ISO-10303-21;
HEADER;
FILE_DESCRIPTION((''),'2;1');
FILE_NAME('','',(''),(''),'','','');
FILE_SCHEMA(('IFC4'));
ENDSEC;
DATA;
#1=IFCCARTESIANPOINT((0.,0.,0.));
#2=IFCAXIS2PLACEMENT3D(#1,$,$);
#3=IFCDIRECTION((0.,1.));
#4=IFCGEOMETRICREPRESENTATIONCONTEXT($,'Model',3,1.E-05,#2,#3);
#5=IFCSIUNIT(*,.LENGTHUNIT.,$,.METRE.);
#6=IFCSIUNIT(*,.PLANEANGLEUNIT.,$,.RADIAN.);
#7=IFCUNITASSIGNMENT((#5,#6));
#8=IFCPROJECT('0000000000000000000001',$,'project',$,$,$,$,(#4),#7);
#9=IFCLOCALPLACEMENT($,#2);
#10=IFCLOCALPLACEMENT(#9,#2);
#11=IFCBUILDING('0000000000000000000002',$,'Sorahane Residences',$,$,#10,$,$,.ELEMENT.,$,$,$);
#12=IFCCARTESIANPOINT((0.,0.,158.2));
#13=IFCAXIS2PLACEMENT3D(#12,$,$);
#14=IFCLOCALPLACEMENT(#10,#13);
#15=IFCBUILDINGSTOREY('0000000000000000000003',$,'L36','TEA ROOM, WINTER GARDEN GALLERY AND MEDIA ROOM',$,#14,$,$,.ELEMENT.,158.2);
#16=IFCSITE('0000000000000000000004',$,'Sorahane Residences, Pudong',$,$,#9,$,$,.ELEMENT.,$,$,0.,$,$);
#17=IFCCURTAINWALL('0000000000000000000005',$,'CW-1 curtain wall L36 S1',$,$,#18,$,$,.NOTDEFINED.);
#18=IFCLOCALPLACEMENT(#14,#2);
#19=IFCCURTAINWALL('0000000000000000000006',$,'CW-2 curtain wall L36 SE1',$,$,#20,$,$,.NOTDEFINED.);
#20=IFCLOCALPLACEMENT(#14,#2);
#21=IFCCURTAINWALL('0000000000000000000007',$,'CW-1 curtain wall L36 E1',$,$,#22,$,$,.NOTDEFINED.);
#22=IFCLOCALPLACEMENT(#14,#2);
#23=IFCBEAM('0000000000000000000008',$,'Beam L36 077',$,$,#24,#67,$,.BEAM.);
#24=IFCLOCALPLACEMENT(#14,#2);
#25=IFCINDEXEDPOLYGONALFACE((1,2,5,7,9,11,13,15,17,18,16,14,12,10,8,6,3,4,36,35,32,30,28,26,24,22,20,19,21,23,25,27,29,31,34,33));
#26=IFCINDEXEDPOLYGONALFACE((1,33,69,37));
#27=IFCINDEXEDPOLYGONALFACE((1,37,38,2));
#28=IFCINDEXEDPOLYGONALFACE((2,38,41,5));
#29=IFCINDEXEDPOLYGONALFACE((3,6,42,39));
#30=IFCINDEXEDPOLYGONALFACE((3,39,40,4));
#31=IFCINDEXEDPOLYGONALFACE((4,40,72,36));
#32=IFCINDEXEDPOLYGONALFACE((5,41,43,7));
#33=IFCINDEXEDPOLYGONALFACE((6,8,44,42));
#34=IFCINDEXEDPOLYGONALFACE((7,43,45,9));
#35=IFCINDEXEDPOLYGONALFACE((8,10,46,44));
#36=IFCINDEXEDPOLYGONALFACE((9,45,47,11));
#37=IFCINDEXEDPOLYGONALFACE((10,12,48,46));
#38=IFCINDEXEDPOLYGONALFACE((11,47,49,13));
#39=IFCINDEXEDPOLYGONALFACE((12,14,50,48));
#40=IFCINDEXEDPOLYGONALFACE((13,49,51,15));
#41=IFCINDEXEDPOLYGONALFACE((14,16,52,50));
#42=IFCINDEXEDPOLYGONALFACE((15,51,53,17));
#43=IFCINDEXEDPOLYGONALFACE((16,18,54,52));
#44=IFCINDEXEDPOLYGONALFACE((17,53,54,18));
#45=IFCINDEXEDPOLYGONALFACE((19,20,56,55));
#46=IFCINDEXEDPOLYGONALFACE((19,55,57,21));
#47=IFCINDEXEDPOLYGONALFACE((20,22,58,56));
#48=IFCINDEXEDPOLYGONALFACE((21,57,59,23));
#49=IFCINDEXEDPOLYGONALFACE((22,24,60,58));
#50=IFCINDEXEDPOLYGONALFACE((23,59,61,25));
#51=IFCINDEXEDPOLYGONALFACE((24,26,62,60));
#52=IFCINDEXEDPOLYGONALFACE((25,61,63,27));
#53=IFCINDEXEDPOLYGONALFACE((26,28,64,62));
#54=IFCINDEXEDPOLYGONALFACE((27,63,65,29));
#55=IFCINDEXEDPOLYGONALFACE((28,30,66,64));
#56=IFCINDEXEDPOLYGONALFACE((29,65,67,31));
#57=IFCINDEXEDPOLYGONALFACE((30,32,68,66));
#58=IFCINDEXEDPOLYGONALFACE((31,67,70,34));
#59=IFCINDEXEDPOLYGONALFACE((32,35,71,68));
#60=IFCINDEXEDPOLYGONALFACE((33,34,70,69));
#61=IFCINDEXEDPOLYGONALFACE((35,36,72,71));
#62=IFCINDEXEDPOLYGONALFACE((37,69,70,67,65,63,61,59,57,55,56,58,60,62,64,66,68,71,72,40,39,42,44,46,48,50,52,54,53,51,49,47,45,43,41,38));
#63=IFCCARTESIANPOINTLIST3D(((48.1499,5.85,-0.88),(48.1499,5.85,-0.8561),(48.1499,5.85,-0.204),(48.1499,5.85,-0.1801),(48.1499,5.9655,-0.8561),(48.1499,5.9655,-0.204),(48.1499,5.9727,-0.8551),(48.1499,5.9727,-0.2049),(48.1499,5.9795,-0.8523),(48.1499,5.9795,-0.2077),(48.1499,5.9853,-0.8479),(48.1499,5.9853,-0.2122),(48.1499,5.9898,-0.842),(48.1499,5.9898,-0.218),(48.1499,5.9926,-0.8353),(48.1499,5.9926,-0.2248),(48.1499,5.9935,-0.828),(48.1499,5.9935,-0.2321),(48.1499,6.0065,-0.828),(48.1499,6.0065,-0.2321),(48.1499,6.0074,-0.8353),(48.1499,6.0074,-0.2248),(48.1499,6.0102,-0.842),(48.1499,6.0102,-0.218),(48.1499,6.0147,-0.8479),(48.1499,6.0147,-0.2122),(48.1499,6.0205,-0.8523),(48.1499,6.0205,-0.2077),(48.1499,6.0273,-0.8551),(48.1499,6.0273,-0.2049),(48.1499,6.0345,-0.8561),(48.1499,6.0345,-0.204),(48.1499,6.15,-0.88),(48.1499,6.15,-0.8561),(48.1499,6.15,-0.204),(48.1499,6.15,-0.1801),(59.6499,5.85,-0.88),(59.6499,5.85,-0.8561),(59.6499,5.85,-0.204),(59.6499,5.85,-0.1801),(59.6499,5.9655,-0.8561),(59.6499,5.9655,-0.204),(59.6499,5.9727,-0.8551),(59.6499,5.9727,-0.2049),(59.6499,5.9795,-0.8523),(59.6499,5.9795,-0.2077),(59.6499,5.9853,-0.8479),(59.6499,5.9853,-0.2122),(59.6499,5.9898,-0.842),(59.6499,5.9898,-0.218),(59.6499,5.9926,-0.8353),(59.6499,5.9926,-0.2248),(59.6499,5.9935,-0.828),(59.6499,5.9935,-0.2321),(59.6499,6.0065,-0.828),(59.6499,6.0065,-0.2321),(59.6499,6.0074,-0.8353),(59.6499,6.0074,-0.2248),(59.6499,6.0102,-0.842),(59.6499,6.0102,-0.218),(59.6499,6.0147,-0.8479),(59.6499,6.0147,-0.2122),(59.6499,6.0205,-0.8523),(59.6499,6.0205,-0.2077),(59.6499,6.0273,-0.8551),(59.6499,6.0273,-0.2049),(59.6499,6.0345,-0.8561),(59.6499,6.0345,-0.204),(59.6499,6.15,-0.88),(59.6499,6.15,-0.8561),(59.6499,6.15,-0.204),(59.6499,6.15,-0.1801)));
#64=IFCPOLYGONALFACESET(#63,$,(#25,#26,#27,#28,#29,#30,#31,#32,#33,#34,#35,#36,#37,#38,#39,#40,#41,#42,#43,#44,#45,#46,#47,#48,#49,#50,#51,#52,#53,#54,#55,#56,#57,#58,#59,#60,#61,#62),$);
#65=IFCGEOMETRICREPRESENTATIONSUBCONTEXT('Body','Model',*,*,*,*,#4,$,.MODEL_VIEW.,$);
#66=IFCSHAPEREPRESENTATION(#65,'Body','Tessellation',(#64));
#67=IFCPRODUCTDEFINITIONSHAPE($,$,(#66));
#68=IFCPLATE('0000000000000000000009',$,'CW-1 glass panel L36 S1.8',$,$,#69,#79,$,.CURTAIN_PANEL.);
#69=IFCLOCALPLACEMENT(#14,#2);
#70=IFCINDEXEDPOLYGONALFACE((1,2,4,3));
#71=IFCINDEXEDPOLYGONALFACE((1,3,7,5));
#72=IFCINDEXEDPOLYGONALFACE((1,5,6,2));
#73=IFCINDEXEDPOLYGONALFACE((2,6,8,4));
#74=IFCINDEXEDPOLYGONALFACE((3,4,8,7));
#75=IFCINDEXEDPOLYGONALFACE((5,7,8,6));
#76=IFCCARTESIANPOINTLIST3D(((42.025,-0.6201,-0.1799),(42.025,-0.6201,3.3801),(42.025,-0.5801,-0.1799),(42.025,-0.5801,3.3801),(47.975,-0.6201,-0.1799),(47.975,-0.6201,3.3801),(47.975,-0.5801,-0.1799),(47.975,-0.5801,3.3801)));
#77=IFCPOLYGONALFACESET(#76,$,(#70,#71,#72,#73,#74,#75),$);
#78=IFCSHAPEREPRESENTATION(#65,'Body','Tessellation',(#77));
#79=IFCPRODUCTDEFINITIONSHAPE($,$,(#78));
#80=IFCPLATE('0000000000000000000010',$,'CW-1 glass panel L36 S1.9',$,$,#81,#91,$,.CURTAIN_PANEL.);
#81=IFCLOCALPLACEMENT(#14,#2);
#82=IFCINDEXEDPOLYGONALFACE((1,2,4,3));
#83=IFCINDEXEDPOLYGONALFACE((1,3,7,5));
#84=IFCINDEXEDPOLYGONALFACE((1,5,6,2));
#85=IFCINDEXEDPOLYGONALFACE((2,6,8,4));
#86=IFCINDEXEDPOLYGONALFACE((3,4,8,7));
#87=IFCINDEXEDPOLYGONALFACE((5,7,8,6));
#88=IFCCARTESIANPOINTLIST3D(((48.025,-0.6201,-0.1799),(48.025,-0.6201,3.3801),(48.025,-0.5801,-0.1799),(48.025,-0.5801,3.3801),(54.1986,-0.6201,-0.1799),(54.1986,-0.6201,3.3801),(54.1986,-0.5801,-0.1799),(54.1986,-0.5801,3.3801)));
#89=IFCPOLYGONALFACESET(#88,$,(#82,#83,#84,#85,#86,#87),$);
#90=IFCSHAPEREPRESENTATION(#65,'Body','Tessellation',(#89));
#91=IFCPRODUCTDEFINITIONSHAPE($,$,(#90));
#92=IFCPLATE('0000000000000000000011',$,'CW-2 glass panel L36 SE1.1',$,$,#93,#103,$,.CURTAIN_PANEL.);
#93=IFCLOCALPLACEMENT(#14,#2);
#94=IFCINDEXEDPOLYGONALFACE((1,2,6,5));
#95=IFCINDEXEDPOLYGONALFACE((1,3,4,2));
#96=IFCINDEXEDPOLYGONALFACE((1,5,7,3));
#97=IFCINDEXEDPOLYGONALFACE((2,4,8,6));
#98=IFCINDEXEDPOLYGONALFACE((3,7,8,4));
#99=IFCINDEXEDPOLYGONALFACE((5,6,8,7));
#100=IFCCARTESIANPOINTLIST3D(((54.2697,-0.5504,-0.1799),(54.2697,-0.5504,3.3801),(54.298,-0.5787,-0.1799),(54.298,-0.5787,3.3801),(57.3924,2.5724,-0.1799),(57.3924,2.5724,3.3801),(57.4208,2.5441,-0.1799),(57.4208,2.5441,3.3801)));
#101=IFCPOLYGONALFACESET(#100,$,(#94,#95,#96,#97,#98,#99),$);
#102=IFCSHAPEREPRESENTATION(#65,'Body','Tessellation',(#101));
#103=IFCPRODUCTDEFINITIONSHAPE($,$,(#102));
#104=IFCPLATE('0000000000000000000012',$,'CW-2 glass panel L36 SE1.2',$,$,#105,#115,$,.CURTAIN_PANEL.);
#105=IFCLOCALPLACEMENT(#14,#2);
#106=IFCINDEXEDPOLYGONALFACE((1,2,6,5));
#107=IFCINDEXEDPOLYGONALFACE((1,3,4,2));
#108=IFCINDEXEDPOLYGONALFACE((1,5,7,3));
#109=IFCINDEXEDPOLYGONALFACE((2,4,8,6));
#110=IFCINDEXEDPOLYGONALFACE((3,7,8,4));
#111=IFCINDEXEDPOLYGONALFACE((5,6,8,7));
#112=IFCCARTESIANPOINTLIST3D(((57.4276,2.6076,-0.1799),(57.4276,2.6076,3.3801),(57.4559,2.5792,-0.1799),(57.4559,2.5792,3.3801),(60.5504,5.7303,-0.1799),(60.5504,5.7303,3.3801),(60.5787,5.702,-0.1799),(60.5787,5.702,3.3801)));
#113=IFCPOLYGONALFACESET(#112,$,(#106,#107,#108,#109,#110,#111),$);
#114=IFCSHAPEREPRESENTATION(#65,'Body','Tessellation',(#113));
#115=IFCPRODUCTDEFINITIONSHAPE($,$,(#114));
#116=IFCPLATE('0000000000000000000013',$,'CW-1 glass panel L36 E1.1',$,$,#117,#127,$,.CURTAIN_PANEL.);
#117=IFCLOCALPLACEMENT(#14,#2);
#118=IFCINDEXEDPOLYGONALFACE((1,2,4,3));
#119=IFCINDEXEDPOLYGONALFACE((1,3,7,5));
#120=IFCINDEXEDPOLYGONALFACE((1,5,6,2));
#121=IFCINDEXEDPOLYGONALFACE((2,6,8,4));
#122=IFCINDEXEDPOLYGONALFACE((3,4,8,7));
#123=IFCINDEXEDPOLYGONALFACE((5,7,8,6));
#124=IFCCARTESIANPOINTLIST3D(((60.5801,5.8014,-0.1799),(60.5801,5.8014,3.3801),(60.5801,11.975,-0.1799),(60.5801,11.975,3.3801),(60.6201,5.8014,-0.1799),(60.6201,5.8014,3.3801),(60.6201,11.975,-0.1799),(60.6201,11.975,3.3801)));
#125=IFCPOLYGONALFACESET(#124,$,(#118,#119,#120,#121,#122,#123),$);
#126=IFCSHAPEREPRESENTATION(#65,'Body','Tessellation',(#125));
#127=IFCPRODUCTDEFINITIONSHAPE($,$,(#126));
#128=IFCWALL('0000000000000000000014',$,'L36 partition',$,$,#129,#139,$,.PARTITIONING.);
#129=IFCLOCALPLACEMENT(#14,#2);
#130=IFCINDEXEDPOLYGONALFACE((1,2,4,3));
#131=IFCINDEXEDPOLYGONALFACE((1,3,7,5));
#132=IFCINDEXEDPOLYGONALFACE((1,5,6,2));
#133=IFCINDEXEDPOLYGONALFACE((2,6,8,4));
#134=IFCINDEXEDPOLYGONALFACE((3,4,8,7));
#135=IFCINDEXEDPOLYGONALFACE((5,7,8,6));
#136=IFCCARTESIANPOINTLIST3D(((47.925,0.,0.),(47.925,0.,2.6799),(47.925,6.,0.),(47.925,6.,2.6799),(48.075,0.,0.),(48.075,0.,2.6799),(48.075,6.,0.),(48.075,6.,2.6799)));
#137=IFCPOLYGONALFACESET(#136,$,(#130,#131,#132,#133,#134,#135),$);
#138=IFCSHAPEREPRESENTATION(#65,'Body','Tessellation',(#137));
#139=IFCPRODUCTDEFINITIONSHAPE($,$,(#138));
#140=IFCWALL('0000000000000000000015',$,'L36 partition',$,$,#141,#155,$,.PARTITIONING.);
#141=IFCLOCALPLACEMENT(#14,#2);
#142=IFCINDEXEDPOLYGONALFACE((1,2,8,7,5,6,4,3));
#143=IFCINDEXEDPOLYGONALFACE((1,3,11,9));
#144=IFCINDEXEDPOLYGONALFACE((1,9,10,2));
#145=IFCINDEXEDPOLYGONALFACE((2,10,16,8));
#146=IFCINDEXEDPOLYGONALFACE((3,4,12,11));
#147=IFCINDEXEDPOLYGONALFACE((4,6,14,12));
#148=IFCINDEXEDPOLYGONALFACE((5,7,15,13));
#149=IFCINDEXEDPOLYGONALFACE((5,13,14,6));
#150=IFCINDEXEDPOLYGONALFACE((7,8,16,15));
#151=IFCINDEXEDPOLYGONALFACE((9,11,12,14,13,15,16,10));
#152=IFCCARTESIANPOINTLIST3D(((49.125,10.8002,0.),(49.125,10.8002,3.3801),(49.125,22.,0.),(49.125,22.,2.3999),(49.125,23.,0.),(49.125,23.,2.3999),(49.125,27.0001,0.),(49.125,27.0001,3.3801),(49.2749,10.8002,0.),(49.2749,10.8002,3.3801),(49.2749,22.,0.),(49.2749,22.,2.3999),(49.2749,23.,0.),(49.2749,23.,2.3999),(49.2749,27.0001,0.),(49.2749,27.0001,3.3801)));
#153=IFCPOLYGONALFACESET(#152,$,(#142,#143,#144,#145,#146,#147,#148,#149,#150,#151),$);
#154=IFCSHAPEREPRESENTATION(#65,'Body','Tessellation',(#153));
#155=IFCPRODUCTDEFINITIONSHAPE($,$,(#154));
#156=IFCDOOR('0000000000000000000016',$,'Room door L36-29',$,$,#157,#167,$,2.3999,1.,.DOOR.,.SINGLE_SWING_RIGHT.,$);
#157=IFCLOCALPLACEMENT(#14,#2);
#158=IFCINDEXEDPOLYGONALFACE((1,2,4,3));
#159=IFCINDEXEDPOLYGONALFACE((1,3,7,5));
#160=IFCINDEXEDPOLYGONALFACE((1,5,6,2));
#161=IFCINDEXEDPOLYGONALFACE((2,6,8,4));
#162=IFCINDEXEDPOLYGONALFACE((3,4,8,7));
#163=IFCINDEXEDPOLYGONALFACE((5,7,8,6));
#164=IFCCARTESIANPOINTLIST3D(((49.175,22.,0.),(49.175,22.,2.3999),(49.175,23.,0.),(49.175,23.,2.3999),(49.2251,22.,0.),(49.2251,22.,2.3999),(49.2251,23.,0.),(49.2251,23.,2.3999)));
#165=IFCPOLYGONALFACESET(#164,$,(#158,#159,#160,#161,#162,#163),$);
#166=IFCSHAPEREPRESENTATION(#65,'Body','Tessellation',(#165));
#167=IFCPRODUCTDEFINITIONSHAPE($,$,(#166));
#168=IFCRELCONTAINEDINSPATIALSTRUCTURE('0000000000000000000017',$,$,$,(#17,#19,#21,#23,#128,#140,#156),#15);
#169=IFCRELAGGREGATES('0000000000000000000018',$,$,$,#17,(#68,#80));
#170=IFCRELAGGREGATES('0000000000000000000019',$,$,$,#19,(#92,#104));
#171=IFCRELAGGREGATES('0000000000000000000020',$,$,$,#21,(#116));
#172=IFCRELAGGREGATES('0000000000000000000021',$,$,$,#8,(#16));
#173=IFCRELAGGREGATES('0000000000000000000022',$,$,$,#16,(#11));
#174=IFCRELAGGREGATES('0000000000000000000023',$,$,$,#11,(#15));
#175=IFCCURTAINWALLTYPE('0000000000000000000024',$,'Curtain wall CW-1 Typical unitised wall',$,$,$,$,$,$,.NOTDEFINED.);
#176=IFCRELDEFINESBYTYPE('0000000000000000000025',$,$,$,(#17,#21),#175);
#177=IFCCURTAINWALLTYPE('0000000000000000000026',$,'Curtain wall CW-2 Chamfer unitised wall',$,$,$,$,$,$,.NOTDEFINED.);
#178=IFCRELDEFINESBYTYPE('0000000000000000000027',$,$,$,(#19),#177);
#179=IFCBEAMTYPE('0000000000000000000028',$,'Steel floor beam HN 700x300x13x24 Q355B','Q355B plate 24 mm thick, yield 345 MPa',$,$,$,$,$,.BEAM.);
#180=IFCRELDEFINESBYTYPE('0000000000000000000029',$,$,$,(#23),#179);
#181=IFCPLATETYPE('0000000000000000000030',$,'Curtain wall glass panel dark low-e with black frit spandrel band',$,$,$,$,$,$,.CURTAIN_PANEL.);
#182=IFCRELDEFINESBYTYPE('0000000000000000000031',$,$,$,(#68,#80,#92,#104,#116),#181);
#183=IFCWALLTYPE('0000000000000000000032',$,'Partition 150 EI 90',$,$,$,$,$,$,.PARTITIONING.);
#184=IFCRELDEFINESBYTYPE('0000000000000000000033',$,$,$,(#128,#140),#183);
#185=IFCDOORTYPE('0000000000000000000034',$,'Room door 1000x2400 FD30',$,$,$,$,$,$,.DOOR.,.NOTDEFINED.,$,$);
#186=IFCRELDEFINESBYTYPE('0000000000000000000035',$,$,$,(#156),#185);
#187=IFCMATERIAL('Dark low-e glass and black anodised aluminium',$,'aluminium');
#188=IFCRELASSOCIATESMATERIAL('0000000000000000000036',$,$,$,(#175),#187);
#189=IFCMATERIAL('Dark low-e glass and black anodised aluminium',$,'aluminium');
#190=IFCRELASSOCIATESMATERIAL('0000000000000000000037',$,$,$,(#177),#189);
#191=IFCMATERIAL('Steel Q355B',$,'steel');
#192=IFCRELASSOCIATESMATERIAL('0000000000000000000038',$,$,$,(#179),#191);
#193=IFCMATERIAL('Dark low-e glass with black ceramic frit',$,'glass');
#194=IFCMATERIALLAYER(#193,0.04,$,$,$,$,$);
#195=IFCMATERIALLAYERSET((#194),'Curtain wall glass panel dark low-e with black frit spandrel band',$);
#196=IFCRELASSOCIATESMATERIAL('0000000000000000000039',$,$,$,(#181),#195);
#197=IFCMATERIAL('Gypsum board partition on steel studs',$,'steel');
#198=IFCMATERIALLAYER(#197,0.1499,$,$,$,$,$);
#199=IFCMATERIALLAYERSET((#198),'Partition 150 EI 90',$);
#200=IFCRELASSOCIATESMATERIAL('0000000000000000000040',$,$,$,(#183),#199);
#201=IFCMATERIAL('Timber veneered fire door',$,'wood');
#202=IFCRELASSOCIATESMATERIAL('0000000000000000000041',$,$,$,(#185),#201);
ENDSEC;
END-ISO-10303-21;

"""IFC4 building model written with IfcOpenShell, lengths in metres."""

from ifc_helpers import new_model, si_unit, direction, frame, frame_2d, origin, origin_2d, place, context, subcontext, project, spatial, rectangle, i_section, extrude, material, layer, layer_set, material_profile, profile_set, type_object, element, fill, aggregate, save


model = new_model("IFC4")

# Units and contexts
model_context = context("Model", 3, precision=1e-05, world=origin(), true_north=direction((0.0, 1.0)))
body_context = subcontext(model_context, "Body", "Model", "MODEL_VIEW")
ifc_project = project(units=[si_unit("LENGTHUNIT", "METRE"), si_unit("PLANEANGLEUNIT", "RADIAN")], contexts=[model_context])

# Site, building, storey
site_placement = place(None, origin())
site = spatial("IfcSite", under=ifc_project, at=site_placement, Name="Sorahane Residences, Pudong", CompositionType="ELEMENT", RefElevation=0.0)
building_placement = place(site_placement, origin())
building = spatial("IfcBuilding", under=site, at=building_placement, Name="Sorahane Residences", CompositionType="ELEMENT")
storey_placement = place(building_placement, frame((0.0, 0.0, 158.2)))
storey = spatial("IfcBuildingStorey", under=building, at=storey_placement, Name="L36", Description="TEA ROOM, WINTER GARDEN GALLERY AND MEDIA ROOM", CompositionType="ELEMENT", Elevation=158.2)

# Curtain walls
ifc_material_1 = material(Name="Dark low-e glass and black anodised aluminium", Category="aluminium")
curtain_wall_type_1 = type_object("IfcCurtainWallType", Name="Curtain wall CW-1 Typical unitised wall", PredefinedType="NOTDEFINED", material=ifc_material_1)
curtain_wall_1_placement = place(storey_placement, origin())
curtain_wall_1 = element("IfcCurtainWall", 1, at=curtain_wall_1_placement, inside=storey, type_object=curtain_wall_type_1, Name="CW-1 curtain wall L36 S1", PredefinedType="NOTDEFINED")
ifc_material_2 = material(Name="Dark low-e glass and black anodised aluminium", Category="aluminium")
curtain_wall_type_2 = type_object("IfcCurtainWallType", Name="Curtain wall CW-2 Chamfer unitised wall", PredefinedType="NOTDEFINED", material=ifc_material_2)
curtain_wall_2_placement = place(storey_placement, origin())
curtain_wall_2 = element("IfcCurtainWall", 2, at=curtain_wall_2_placement, inside=storey, type_object=curtain_wall_type_2, Name="CW-2 curtain wall L36 SE1", PredefinedType="NOTDEFINED")

# Curtain wall
curtain_wall_3_placement = place(storey_placement, origin())
curtain_wall_3 = element("IfcCurtainWall", 3, at=curtain_wall_3_placement, inside=storey, type_object=curtain_wall_type_1, Name="CW-1 curtain wall L36 E1", PredefinedType="NOTDEFINED")

# Beam
ifc_material_3 = material(Name="Steel Q355B", Category="steel")
ifc_material_profile_1 = material_profile(ifc_material_3, i_section(OverallWidth=0.3, OverallDepth=0.7, WebThickness=0.0129, FlangeThickness=0.0239, FilletRadius=0.0281, at=origin_2d()), Name="HN 700x300x13x24")
ifc_profile_set_1 = profile_set([ifc_material_profile_1], Name="Steel Q355B")
beam_type_1 = type_object("IfcBeamType", Name="Steel floor beam HN 700x300x13x24 Q355B", Description="Q355B plate 24 mm thick, yield 345 MPa", PredefinedType="BEAM", material=ifc_profile_set_1)
beam_placement = place(storey_placement, frame((48.1499, 6.0, -0.53), z_axis=(1.0, 0.0, 0.0), x_axis=(0.0, 1.0, 0.0)))
element("IfcBeam", 4, at=beam_placement, inside=storey, type_object=beam_type_1, Name="Beam L36 077", PredefinedType="BEAM", context=body_context, shape_type="SweptSolid", body=[
    extrude(i_section(OverallWidth=0.3, OverallDepth=0.7, WebThickness=0.0129, FlangeThickness=0.0239, FilletRadius=0.0281, at=origin_2d()), origin(), (0.0, 0.0, 1.0), 11.5),
])

# Plates
ifc_material_4 = material(Name="Dark low-e glass with black ceramic frit", Category="glass")
ifc_layer_1 = layer(ifc_material_4, 0.04)
ifc_layer_set_1 = layer_set([ifc_layer_1], Name="Curtain wall glass panel dark low-e with black frit spandrel band")
plate_type = type_object("IfcPlateType", Name="Curtain wall glass panel dark low-e with black frit spandrel band", PredefinedType="CURTAIN_PANEL", material=ifc_layer_set_1)
plate_1_placement = place(storey_placement, frame((45.0, -0.6001, -0.1799), z_axis=(0.0, 0.0, 1.0), x_axis=(1.0, 0.0, 0.0)))
plate_1 = element("IfcPlate", 5, at=plate_1_placement, type_object=plate_type, Name="CW-1 glass panel L36 S1.8", PredefinedType="CURTAIN_PANEL", context=body_context, shape_type="SweptSolid", body=[
    extrude(rectangle(XDim=5.95, YDim=0.04, at=origin_2d()), origin(), (0.0, 0.0, 1.0), 3.5601),
])
plate_2_placement = place(storey_placement, frame((51.1118, -0.6001, -0.1799), z_axis=(0.0, 0.0, 1.0), x_axis=(1.0, 0.0, 0.0)))
plate_2 = element("IfcPlate", 6, at=plate_2_placement, type_object=plate_type, Name="CW-1 glass panel L36 S1.9", PredefinedType="CURTAIN_PANEL", context=body_context, shape_type="SweptSolid", body=[
    extrude(rectangle(XDim=6.1736, YDim=0.04, at=origin_2d()), origin(), (0.0, 0.0, 1.0), 3.5601),
])
aggregate(curtain_wall_1, [plate_1, plate_2])
plate_3_placement = place(storey_placement, frame((55.8452, 0.9968, -0.1799), z_axis=(0.0, 0.0, 1.0), x_axis=(0.707107, 0.707107, 0.0)))
plate_3 = element("IfcPlate", 7, at=plate_3_placement, type_object=plate_type, Name="CW-2 glass panel L36 SE1.1", PredefinedType="CURTAIN_PANEL", context=body_context, shape_type="SweptSolid", body=[
    extrude(rectangle(XDim=4.4163, YDim=0.04, at=origin_2d()), origin(), (0.0, 0.0, 1.0), 3.5601),
])
plate_4_placement = place(storey_placement, frame((59.0032, 4.1548, -0.1799), z_axis=(0.0, 0.0, 1.0), x_axis=(0.707107, 0.707107, 0.0)))
plate_4 = element("IfcPlate", 8, at=plate_4_placement, type_object=plate_type, Name="CW-2 glass panel L36 SE1.2", PredefinedType="CURTAIN_PANEL", context=body_context, shape_type="SweptSolid", body=[
    extrude(rectangle(XDim=4.4163, YDim=0.04, at=origin_2d()), origin(), (0.0, 0.0, 1.0), 3.5601),
])
aggregate(curtain_wall_2, [plate_3, plate_4])
plate_5_placement = place(storey_placement, frame((60.6001, 8.8882, -0.1799), z_axis=(0.0, 0.0, 1.0), x_axis=(0.0, 1.0, 0.0)))
plate_5 = element("IfcPlate", 9, at=plate_5_placement, type_object=plate_type, Name="CW-1 glass panel L36 E1.1", PredefinedType="CURTAIN_PANEL", context=body_context, shape_type="SweptSolid", body=[
    extrude(rectangle(XDim=6.1736, YDim=0.04, at=origin_2d()), origin(), (0.0, 0.0, 1.0), 3.5601),
])
aggregate(curtain_wall_3, [plate_5])

# Wall
ifc_material_5 = material(Name="Gypsum board partition on steel studs", Category="steel")
ifc_layer_2 = layer(ifc_material_5, 0.1499)
ifc_layer_set_2 = layer_set([ifc_layer_2], Name="Partition 150 EI 90")
wall_type_1 = type_object("IfcWallType", Name="Partition 150 EI 90", PredefinedType="PARTITIONING", material=ifc_layer_set_2)
wall_1_placement = place(storey_placement, frame((48.0, 0.0, 0.0), z_axis=(0.0, 0.0, 1.0), x_axis=(0.0, 1.0, 0.0)))
element("IfcWall", 10, at=wall_1_placement, inside=storey, type_object=wall_type_1, Name="L36 partition", PredefinedType="PARTITIONING", context=body_context, shape_type="SweptSolid", body=[
    extrude(rectangle(XDim=6.0, YDim=0.1499, at=frame_2d((3.0, 0.0))), origin(), (0.0, 0.0, 1.0), 2.6799),
])

# Wall, opening, door
wall_2_placement = place(storey_placement, frame((49.2, 10.8, 0.0), z_axis=(0.0, 0.0, 1.0), x_axis=(0.0, 1.0, 0.0)))
wall_2 = element("IfcWall", 11, at=wall_2_placement, inside=storey, type_object=wall_type_1, Name="L36 partition", PredefinedType="PARTITIONING", context=body_context, shape_type="SweptSolid", body=[
    extrude(rectangle(XDim=16.2, YDim=0.1499, at=frame_2d((8.1001, 0.0))), origin(), (0.0, 0.0, 1.0), 3.3801),
])
opening_1_placement = place(wall_2_placement, frame((11.2, 0.0, 0.0)))
opening_1 = element("IfcOpeningElement", 12, at=opening_1_placement, cuts=wall_2, PredefinedType="OPENING", context=body_context, shape_type="SweptSolid", body=[
    extrude(rectangle(XDim=1.0, YDim=2.3999, at=frame_2d((0.5, 1.2))), frame((0.0, 0.085, 0.0), z_axis=(0.0, -1.0, 0.0), x_axis=(1.0, 0.0, 0.0)), (0.0, 0.0, 1.0), 0.1699),
])
ifc_material_6 = material(Name="Timber veneered fire door", Category="wood")
door_type_1 = type_object("IfcDoorType", Name="Room door 1000x2400 FD30", OperationType="NOTDEFINED", PredefinedType="DOOR", material=ifc_material_6)
door_1_placement = place(opening_1_placement, origin())
door_1 = element("IfcDoor", 13, at=door_1_placement, inside=storey, type_object=door_type_1, Name="Room door L36-29", OperationType="SINGLE_SWING_RIGHT", OverallHeight=2.3999, OverallWidth=1.0, PredefinedType="DOOR", context=body_context, shape_type="SweptSolid", body=[
    extrude(rectangle(XDim=1.0, YDim=2.3999, at=frame_2d((0.5, 1.2))), frame((0.0, 0.0249, 0.0), z_axis=(0.0, -1.0, 0.0), x_axis=(1.0, 0.0, 0.0)), (0.0, 0.0, 1.0), 0.05),
])
fill(opening_1, door_1)

save(model, "model.ifc")
